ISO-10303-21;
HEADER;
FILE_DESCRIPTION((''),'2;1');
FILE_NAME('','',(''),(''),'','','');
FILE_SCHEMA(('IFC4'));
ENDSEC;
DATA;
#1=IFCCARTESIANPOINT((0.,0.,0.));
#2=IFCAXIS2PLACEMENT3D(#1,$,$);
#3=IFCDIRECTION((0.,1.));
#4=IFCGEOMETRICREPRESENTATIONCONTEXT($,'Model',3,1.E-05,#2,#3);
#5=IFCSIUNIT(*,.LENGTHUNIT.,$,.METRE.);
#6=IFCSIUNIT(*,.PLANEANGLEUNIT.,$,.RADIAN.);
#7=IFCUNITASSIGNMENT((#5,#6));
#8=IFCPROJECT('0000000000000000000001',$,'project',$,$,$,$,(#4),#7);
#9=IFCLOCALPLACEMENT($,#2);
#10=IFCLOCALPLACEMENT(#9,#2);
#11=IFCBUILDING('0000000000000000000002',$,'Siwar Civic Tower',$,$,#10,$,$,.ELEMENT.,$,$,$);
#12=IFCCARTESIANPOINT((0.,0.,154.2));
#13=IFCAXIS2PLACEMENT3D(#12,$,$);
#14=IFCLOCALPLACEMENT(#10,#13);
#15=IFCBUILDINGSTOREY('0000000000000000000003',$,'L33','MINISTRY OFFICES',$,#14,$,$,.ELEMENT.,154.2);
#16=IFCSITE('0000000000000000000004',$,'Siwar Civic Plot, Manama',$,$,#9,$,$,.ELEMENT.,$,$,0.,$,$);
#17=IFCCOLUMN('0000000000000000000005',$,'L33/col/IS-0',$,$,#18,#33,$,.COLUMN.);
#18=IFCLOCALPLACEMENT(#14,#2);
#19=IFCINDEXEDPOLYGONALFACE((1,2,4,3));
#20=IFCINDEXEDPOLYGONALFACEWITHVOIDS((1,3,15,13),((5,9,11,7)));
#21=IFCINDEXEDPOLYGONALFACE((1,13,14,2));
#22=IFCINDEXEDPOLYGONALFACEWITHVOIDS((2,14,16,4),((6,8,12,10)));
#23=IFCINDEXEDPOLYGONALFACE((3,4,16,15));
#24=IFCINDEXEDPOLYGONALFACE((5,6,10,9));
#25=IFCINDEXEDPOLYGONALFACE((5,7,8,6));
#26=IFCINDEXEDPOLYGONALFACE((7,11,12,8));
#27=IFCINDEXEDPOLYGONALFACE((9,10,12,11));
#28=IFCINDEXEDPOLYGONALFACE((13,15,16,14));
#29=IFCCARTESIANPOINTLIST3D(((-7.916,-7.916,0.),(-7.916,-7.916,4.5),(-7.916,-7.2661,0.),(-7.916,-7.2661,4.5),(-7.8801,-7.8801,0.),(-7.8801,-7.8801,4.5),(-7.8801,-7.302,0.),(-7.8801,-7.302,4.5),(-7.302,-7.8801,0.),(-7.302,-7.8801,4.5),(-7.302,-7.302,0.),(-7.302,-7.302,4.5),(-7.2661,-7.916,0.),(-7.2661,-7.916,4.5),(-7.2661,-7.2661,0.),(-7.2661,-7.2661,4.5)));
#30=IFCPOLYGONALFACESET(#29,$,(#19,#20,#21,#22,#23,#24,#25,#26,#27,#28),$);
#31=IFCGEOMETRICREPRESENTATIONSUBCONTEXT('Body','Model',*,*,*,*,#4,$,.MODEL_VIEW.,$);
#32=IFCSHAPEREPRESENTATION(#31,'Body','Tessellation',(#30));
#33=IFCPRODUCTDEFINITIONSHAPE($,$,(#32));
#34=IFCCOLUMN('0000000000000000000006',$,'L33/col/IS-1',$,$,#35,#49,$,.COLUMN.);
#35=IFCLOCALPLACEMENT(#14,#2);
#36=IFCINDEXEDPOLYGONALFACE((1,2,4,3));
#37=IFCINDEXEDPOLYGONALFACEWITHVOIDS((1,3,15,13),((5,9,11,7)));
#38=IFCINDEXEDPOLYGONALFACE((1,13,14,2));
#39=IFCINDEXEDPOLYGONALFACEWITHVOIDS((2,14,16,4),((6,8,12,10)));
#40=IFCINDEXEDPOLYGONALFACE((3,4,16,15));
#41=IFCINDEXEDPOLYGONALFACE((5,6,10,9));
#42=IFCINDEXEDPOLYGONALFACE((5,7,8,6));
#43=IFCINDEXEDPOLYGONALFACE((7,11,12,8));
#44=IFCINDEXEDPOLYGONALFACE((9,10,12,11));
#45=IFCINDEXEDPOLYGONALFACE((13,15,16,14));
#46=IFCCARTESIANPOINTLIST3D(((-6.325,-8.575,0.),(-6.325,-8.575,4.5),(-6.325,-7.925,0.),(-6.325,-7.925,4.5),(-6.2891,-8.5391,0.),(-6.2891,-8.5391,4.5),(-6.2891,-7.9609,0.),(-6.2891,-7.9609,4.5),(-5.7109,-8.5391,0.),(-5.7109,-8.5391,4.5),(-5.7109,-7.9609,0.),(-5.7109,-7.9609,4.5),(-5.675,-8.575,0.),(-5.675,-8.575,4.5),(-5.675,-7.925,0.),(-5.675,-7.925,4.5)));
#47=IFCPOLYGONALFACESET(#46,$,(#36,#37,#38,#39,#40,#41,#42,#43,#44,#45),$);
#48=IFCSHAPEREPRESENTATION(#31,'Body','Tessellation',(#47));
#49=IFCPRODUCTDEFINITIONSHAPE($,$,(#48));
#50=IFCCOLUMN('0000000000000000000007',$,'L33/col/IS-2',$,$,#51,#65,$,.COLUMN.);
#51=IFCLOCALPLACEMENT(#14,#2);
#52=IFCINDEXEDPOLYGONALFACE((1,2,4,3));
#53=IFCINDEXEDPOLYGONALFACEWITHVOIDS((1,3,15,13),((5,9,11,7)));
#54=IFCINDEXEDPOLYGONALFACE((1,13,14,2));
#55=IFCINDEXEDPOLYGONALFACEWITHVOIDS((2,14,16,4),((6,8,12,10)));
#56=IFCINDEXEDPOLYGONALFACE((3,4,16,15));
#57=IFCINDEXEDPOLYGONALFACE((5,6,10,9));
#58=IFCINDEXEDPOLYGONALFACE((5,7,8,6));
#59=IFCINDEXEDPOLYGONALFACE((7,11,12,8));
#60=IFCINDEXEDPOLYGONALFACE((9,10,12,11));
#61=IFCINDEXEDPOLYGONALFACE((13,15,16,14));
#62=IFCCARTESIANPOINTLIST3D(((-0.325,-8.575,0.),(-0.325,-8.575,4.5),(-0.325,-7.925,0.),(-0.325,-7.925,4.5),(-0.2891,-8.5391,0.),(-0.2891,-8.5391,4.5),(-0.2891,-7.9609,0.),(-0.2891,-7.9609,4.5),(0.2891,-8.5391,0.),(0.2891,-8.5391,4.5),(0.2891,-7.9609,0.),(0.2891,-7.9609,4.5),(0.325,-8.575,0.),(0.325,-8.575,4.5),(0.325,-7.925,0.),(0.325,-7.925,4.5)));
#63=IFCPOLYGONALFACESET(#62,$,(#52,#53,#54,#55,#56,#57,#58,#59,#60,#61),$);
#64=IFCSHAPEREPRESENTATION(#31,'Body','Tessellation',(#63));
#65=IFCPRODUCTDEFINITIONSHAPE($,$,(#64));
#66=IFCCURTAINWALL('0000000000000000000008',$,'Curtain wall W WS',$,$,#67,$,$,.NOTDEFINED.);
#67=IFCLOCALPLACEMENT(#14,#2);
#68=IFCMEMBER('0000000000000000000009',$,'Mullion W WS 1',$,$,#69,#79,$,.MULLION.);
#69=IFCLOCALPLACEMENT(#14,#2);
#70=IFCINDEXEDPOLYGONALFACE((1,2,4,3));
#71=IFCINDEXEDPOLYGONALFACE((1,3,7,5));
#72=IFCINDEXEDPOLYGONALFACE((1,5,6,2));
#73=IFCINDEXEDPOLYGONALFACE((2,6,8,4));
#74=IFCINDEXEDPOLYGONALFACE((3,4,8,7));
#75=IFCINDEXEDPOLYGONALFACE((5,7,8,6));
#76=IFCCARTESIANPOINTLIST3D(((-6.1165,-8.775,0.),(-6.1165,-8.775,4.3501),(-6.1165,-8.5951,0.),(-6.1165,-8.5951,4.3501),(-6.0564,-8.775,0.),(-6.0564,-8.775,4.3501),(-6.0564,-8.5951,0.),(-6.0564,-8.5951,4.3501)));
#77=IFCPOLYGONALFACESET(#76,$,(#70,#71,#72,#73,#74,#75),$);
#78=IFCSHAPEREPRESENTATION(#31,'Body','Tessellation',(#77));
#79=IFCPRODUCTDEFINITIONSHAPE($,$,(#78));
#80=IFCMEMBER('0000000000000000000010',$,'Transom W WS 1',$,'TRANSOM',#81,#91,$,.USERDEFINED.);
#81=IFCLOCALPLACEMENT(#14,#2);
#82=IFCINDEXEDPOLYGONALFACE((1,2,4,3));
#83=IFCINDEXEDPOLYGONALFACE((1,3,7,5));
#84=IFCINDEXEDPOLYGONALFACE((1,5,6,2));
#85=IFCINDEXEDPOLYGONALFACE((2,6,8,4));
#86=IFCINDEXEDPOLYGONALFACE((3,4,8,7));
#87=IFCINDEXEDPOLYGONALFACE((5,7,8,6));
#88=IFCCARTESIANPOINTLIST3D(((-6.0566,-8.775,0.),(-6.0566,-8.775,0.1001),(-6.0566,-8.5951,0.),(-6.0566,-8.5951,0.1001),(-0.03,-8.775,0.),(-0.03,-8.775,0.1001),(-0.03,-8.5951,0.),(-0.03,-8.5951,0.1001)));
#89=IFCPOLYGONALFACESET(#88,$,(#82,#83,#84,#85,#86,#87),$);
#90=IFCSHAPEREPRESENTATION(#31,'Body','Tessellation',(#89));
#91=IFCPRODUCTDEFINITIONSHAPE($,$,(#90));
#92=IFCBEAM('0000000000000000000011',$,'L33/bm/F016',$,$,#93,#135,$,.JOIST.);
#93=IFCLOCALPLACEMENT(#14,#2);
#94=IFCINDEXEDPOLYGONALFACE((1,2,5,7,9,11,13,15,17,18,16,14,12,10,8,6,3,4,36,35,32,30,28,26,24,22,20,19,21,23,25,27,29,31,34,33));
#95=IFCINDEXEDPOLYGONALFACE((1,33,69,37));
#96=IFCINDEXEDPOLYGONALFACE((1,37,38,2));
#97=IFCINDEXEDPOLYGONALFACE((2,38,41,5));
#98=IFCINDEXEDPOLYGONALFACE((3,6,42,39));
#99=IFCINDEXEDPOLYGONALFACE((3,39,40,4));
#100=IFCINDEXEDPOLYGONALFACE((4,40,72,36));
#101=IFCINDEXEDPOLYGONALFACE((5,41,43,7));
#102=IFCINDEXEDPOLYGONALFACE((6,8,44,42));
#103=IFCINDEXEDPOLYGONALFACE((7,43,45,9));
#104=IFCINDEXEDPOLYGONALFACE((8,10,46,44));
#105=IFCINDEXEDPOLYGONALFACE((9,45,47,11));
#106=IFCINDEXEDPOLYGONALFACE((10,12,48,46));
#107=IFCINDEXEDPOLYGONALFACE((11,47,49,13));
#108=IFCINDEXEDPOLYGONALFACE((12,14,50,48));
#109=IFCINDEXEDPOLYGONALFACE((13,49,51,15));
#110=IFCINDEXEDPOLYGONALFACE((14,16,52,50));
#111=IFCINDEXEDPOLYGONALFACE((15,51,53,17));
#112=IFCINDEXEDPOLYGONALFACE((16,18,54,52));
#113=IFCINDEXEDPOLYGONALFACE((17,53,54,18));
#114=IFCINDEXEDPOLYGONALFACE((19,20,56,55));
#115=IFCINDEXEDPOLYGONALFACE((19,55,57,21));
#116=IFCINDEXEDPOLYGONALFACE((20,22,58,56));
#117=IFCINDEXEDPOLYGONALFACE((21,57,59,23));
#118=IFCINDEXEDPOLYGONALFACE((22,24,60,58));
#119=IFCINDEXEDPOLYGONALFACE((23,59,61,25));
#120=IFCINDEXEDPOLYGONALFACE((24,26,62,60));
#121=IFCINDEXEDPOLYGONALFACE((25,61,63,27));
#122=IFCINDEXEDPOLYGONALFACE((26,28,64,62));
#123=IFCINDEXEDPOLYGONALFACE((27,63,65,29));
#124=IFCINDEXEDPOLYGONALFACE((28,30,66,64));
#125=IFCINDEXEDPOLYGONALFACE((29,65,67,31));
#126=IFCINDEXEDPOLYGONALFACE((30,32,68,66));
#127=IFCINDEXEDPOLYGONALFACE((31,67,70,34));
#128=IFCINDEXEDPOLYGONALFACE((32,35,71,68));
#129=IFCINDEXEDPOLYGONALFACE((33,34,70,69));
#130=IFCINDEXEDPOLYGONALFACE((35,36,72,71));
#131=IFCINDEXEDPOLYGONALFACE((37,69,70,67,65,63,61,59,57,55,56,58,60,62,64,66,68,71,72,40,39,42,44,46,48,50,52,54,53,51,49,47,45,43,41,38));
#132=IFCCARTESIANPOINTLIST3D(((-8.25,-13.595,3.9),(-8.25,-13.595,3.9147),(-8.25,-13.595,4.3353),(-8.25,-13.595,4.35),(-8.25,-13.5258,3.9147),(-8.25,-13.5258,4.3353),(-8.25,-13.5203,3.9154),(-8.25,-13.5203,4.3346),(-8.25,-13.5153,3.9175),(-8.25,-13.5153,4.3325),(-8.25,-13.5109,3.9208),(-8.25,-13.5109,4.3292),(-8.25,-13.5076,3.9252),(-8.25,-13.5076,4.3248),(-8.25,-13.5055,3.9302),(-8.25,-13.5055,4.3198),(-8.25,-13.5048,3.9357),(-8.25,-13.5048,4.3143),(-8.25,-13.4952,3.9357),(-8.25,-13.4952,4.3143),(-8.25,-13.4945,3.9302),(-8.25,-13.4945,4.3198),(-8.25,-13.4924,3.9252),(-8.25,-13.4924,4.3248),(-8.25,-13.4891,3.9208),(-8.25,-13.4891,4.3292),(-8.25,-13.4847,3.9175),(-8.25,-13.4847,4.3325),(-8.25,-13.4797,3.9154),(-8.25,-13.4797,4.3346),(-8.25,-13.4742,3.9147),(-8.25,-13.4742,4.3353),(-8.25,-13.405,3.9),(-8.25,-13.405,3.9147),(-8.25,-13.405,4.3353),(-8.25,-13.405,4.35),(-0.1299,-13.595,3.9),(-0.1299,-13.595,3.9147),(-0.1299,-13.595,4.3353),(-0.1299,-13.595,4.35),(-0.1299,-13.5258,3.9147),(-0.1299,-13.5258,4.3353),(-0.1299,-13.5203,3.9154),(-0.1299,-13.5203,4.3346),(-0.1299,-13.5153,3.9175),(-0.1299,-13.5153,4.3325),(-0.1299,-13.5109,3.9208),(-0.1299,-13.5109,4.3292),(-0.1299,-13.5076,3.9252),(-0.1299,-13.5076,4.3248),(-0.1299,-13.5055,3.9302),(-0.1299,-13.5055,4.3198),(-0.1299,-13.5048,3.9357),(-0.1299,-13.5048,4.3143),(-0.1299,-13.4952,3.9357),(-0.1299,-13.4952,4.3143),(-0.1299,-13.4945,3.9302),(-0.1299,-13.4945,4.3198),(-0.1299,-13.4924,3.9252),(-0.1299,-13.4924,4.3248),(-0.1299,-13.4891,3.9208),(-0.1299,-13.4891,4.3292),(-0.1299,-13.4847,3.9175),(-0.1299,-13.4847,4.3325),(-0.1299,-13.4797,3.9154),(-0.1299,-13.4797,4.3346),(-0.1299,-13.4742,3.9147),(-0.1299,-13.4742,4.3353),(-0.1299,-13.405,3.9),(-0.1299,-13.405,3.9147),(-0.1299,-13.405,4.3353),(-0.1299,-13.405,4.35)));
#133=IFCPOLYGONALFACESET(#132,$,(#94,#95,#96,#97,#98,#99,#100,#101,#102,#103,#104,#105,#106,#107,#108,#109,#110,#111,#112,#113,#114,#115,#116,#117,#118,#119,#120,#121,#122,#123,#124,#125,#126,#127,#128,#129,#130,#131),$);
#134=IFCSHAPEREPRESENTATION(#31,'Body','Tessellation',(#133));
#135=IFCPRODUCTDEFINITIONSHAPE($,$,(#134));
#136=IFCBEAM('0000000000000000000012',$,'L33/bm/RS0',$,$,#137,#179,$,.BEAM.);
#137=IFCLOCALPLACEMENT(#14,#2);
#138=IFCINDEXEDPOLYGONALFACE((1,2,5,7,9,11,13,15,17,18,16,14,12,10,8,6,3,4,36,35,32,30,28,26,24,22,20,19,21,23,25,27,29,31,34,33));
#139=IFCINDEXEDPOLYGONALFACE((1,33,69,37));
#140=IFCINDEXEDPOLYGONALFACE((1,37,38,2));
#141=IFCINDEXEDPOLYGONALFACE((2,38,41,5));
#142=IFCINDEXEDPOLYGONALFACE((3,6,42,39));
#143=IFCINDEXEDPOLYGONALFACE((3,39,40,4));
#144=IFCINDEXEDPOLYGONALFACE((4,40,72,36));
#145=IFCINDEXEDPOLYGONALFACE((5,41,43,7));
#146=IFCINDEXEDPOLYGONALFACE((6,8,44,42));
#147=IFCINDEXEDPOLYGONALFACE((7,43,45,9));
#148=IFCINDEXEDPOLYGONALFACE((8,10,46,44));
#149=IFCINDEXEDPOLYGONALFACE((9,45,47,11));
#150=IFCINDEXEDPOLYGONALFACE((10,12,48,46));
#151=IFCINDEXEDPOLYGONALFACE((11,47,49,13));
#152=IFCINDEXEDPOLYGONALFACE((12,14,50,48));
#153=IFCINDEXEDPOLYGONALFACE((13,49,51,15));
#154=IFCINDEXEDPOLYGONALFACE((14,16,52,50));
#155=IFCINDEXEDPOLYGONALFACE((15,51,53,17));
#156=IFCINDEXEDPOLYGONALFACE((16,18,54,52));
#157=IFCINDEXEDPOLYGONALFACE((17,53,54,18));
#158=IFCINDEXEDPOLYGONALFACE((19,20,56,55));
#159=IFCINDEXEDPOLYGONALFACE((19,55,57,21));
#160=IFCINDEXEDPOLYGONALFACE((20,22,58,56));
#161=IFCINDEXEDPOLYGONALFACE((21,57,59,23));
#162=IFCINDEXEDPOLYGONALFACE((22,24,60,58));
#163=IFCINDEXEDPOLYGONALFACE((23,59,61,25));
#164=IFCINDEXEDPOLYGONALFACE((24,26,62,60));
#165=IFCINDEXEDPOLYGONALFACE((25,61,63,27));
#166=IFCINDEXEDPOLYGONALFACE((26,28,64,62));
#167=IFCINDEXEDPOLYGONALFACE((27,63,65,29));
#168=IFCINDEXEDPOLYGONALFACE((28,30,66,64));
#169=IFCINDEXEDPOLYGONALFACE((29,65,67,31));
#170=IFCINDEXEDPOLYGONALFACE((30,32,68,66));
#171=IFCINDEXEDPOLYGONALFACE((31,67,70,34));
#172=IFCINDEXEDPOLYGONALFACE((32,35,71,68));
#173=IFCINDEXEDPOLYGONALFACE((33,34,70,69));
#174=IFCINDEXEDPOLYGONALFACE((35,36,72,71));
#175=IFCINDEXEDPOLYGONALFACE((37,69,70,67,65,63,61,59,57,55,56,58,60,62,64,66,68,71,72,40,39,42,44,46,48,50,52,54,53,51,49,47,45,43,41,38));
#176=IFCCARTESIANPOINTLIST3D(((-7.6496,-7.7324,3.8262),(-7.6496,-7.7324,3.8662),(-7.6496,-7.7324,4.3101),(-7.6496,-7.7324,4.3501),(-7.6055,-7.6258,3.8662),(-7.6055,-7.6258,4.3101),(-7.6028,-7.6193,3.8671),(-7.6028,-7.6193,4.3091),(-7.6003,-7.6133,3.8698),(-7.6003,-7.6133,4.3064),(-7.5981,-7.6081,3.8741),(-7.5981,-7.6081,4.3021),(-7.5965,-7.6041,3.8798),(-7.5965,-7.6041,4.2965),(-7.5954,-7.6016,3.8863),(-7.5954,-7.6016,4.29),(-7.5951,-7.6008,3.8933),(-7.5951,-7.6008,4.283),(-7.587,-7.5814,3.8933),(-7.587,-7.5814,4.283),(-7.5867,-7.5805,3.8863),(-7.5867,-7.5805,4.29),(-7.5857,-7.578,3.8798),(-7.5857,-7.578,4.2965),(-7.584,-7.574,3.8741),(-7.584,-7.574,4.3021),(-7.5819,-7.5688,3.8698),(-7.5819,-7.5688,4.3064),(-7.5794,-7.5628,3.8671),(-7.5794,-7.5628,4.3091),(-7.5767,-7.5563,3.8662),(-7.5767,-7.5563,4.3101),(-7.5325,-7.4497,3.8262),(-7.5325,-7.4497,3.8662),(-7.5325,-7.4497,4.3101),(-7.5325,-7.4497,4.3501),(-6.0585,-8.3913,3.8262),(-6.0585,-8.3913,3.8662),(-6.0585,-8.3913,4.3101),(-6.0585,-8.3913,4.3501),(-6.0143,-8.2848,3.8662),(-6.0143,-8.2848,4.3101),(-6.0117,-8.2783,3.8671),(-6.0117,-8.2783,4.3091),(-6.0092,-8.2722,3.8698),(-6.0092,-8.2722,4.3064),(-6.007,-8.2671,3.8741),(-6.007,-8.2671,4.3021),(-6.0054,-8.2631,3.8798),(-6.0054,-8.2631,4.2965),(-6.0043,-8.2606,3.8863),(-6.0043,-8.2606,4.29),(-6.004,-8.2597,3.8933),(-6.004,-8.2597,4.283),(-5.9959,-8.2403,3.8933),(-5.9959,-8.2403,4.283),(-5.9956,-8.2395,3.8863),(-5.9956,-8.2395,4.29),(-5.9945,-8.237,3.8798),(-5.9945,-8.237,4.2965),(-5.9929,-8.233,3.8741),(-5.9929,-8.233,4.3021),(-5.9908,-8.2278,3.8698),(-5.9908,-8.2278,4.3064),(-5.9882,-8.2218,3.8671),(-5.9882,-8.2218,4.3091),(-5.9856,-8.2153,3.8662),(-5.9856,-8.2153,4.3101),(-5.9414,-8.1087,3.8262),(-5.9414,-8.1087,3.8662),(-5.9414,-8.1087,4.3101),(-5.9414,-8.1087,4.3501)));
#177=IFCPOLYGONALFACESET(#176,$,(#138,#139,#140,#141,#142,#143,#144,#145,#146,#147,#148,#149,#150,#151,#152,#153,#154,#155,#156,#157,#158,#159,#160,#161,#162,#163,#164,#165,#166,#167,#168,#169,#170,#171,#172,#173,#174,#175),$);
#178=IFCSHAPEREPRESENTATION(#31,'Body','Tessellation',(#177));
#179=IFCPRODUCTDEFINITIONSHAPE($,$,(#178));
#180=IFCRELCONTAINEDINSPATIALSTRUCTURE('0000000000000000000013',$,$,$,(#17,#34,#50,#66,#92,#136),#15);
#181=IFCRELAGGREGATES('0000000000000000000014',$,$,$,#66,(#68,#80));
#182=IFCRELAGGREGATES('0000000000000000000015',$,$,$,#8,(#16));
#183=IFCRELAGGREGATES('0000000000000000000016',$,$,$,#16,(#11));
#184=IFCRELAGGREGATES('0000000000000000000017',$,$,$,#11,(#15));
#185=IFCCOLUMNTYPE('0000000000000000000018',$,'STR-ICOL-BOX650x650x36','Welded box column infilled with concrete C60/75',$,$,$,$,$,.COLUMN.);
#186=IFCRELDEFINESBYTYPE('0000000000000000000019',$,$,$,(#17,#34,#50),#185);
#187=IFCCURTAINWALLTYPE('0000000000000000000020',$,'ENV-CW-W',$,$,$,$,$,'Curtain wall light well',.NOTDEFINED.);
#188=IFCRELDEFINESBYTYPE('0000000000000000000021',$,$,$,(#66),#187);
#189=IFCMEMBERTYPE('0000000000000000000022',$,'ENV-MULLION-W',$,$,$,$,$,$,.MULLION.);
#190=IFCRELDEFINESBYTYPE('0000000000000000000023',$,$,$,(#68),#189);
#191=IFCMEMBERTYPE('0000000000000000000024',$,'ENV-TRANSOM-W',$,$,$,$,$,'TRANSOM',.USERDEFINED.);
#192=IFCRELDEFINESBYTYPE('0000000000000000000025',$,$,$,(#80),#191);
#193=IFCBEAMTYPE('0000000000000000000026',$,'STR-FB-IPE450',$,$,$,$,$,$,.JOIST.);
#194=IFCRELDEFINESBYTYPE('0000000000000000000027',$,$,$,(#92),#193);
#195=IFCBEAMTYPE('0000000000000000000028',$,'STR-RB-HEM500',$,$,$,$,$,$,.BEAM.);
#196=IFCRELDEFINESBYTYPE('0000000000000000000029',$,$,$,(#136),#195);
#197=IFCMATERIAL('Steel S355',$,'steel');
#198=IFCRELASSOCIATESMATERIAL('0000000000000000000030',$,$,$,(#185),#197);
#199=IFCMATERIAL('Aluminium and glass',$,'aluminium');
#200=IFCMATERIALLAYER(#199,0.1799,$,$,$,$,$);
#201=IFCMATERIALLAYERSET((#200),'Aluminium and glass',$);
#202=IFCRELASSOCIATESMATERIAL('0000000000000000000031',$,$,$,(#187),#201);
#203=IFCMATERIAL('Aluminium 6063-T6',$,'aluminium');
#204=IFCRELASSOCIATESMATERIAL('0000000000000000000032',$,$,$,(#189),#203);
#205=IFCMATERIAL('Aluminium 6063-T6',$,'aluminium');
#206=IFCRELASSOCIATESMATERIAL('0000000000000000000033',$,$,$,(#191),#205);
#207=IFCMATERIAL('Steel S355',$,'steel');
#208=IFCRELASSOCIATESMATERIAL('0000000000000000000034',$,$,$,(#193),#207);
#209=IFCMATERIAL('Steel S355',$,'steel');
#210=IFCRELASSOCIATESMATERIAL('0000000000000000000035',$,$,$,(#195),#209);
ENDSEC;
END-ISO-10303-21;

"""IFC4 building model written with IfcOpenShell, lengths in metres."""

from ifc_helpers import new_model, si_unit, direction, frame, origin, origin_2d, place, context, subcontext, project, spatial, rectangle, hollow_rectangle, i_section, extrude, material, layer, layer_set, material_profile, profile_set, type_object, element, aggregate, save


model = new_model("IFC4")

# Units and contexts
model_context = context("Model", 3, precision=1e-05, world=origin(), true_north=direction((0.0, 1.0)))
body_context = subcontext(model_context, "Body", "Model", "MODEL_VIEW")
ifc_project = project(units=[si_unit("LENGTHUNIT", "METRE"), si_unit("PLANEANGLEUNIT", "RADIAN")], contexts=[model_context])

# Site, building, storey
site_placement = place(None, origin())
site = spatial("IfcSite", under=ifc_project, at=site_placement, Name="Siwar Civic Plot, Manama", CompositionType="ELEMENT", RefElevation=0.0)
building_placement = place(site_placement, origin())
building = spatial("IfcBuilding", under=site, at=building_placement, Name="Siwar Civic Tower", CompositionType="ELEMENT")
storey_placement = place(building_placement, frame((0.0, 0.0, 154.2)))
storey = spatial("IfcBuildingStorey", under=building, at=storey_placement, Name="L33", Description="MINISTRY OFFICES", CompositionType="ELEMENT", Elevation=154.2)

# Columns
ifc_material_1 = material(Name="Steel S355", Category="steel")
ifc_material_profile_1 = material_profile(ifc_material_1, hollow_rectangle(XDim=0.6499, YDim=0.6499, WallThickness=0.0359, at=origin_2d()), Name="BOX650x650x36")
ifc_profile_set_1 = profile_set([ifc_material_profile_1], Name="Steel S355")
column_type = type_object("IfcColumnType", Name="STR-ICOL-BOX650x650x36", Description="Welded box column infilled with concrete C60/75", PredefinedType="COLUMN", material=ifc_profile_set_1)
for number, where, z_axis, x_axis, name in (
    (1, (-7.5911, -7.5911, 0.0), (0.0, 0.0, 1.0), (1.0, 0.0, 0.0), "L33/col/IS-0"),
    (2, (-6.0, -8.25, 0.0), (0.0, 0.0, 1.0), (1.0, 0.0, 0.0), "L33/col/IS-1"),
    (3, (0.0, -8.25, 0.0), (0.0, 0.0, 1.0), (1.0, 0.0, 0.0), "L33/col/IS-2"),
):
    element("IfcColumn", number, at=place(storey_placement, frame(where, z_axis=z_axis, x_axis=x_axis)), inside=storey, type_object=column_type, Name=name, PredefinedType="COLUMN", context=body_context, shape_type="SweptSolid", body=[
        extrude(hollow_rectangle(XDim=0.6499, YDim=0.6499, WallThickness=0.0359, at=origin_2d()), origin(), (0.0, 0.0, 1.0), 4.5),
    ])

# Curtain wall, members
ifc_material_2 = material(Name="Aluminium and glass", Category="aluminium")
ifc_layer_1 = layer(ifc_material_2, 0.1799)
ifc_layer_set_1 = layer_set([ifc_layer_1], Name="Aluminium and glass")
curtain_wall_type = type_object("IfcCurtainWallType", Name="ENV-CW-W", ElementType="Curtain wall light well", PredefinedType="NOTDEFINED", material=ifc_layer_set_1)
curtain_wall_placement = place(storey_placement, origin())
curtain_wall = element("IfcCurtainWall", 4, at=curtain_wall_placement, inside=storey, type_object=curtain_wall_type, Name="Curtain wall W WS", PredefinedType="NOTDEFINED")
ifc_material_3 = material(Name="Aluminium 6063-T6", Category="aluminium")
ifc_material_profile_2 = material_profile(ifc_material_3, rectangle(XDim=0.1799, YDim=0.0601, at=origin_2d()), Name="AL 180x60")
ifc_profile_set_2 = profile_set([ifc_material_profile_2], Name="Aluminium 6063-T6")
member_type_1 = type_object("IfcMemberType", Name="ENV-MULLION-W", PredefinedType="MULLION", material=ifc_profile_set_2)
member_1_placement = place(storey_placement, frame((-6.0864, -8.6851, 0.0), z_axis=(0.0, 0.0, 1.0), x_axis=(0.0, 1.0, 0.0)))
member_1 = element("IfcMember", 5, at=member_1_placement, type_object=member_type_1, Name="Mullion W WS 1", PredefinedType="MULLION", context=body_context, shape_type="SweptSolid", body=[
    extrude(rectangle(XDim=0.1799, YDim=0.0601, at=origin_2d()), origin(), (0.0, 0.0, 1.0), 4.3501),
])
ifc_material_4 = material(Name="Aluminium 6063-T6", Category="aluminium")
ifc_material_profile_3 = material_profile(ifc_material_4, rectangle(XDim=0.1799, YDim=0.1001, at=origin_2d()), Name="AL 180x100")
ifc_profile_set_3 = profile_set([ifc_material_profile_3], Name="Aluminium 6063-T6")
member_type_2 = type_object("IfcMemberType", Name="ENV-TRANSOM-W", ElementType="TRANSOM", PredefinedType="USERDEFINED", material=ifc_profile_set_3)
member_2_placement = place(storey_placement, frame((-6.0566, -8.6851, 0.05), z_axis=(1.0, 0.0, 0.0), x_axis=(0.0, 1.0, 0.0)))
member_2 = element("IfcMember", 6, at=member_2_placement, type_object=member_type_2, Name="Transom W WS 1", ObjectType="TRANSOM", PredefinedType="USERDEFINED", context=body_context, shape_type="SweptSolid", body=[
    extrude(rectangle(XDim=0.1799, YDim=0.1001, at=origin_2d()), origin(), (0.0, 0.0, 1.0), 6.0266),
])

# Beams
ifc_material_5 = material(Name="Steel S355", Category="steel")
ifc_material_profile_4 = material_profile(ifc_material_5, i_section(OverallWidth=0.1899, OverallDepth=0.45, WebThickness=0.0095, FlangeThickness=0.0146, FilletRadius=0.021, at=origin_2d()), Name="IPE450")
ifc_profile_set_4 = profile_set([ifc_material_profile_4], Name="Steel S355")
beam_type_1 = type_object("IfcBeamType", Name="STR-FB-IPE450", PredefinedType="JOIST", material=ifc_profile_set_4)
beam_1_placement = place(storey_placement, frame((-8.25, -13.5, 4.125), z_axis=(1.0, 0.0, 0.0), x_axis=(0.0, 1.0, 0.0)))
element("IfcBeam", 7, at=beam_1_placement, inside=storey, type_object=beam_type_1, Name="L33/bm/F016", PredefinedType="JOIST", context=body_context, shape_type="SweptSolid", body=[
    extrude(i_section(OverallWidth=0.1899, OverallDepth=0.45, WebThickness=0.0095, FlangeThickness=0.0146, FilletRadius=0.021, at=origin_2d()), origin(), (0.0, 0.0, 1.0), 8.1201),
])
ifc_material_6 = material(Name="Steel S355", Category="steel")
ifc_material_profile_5 = material_profile(ifc_material_6, i_section(OverallWidth=0.3059, OverallDepth=0.5239, WebThickness=0.021, FlangeThickness=0.04, FilletRadius=0.0271, at=origin_2d()), Name="HEM500")
ifc_profile_set_5 = profile_set([ifc_material_profile_5], Name="Steel S355")
beam_type_2 = type_object("IfcBeamType", Name="STR-RB-HEM500", PredefinedType="BEAM", material=ifc_profile_set_5)
beam_2_placement = place(storey_placement, frame((-7.5911, -7.5911, 4.0881), z_axis=(0.923901, -0.382631, 0.0), x_axis=(0.382631, 0.923901, 0.0)))
element("IfcBeam", 8, at=beam_2_placement, inside=storey, type_object=beam_type_2, Name="L33/bm/RS0", PredefinedType="BEAM", context=body_context, shape_type="SweptSolid", body=[
    extrude(i_section(OverallWidth=0.3059, OverallDepth=0.5239, WebThickness=0.021, FlangeThickness=0.04, FilletRadius=0.0271, at=origin_2d()), origin(), (0.0, 0.0, 1.0), 1.7222),
])

aggregate(curtain_wall, [member_1, member_2])

save(model, "model.ifc")
